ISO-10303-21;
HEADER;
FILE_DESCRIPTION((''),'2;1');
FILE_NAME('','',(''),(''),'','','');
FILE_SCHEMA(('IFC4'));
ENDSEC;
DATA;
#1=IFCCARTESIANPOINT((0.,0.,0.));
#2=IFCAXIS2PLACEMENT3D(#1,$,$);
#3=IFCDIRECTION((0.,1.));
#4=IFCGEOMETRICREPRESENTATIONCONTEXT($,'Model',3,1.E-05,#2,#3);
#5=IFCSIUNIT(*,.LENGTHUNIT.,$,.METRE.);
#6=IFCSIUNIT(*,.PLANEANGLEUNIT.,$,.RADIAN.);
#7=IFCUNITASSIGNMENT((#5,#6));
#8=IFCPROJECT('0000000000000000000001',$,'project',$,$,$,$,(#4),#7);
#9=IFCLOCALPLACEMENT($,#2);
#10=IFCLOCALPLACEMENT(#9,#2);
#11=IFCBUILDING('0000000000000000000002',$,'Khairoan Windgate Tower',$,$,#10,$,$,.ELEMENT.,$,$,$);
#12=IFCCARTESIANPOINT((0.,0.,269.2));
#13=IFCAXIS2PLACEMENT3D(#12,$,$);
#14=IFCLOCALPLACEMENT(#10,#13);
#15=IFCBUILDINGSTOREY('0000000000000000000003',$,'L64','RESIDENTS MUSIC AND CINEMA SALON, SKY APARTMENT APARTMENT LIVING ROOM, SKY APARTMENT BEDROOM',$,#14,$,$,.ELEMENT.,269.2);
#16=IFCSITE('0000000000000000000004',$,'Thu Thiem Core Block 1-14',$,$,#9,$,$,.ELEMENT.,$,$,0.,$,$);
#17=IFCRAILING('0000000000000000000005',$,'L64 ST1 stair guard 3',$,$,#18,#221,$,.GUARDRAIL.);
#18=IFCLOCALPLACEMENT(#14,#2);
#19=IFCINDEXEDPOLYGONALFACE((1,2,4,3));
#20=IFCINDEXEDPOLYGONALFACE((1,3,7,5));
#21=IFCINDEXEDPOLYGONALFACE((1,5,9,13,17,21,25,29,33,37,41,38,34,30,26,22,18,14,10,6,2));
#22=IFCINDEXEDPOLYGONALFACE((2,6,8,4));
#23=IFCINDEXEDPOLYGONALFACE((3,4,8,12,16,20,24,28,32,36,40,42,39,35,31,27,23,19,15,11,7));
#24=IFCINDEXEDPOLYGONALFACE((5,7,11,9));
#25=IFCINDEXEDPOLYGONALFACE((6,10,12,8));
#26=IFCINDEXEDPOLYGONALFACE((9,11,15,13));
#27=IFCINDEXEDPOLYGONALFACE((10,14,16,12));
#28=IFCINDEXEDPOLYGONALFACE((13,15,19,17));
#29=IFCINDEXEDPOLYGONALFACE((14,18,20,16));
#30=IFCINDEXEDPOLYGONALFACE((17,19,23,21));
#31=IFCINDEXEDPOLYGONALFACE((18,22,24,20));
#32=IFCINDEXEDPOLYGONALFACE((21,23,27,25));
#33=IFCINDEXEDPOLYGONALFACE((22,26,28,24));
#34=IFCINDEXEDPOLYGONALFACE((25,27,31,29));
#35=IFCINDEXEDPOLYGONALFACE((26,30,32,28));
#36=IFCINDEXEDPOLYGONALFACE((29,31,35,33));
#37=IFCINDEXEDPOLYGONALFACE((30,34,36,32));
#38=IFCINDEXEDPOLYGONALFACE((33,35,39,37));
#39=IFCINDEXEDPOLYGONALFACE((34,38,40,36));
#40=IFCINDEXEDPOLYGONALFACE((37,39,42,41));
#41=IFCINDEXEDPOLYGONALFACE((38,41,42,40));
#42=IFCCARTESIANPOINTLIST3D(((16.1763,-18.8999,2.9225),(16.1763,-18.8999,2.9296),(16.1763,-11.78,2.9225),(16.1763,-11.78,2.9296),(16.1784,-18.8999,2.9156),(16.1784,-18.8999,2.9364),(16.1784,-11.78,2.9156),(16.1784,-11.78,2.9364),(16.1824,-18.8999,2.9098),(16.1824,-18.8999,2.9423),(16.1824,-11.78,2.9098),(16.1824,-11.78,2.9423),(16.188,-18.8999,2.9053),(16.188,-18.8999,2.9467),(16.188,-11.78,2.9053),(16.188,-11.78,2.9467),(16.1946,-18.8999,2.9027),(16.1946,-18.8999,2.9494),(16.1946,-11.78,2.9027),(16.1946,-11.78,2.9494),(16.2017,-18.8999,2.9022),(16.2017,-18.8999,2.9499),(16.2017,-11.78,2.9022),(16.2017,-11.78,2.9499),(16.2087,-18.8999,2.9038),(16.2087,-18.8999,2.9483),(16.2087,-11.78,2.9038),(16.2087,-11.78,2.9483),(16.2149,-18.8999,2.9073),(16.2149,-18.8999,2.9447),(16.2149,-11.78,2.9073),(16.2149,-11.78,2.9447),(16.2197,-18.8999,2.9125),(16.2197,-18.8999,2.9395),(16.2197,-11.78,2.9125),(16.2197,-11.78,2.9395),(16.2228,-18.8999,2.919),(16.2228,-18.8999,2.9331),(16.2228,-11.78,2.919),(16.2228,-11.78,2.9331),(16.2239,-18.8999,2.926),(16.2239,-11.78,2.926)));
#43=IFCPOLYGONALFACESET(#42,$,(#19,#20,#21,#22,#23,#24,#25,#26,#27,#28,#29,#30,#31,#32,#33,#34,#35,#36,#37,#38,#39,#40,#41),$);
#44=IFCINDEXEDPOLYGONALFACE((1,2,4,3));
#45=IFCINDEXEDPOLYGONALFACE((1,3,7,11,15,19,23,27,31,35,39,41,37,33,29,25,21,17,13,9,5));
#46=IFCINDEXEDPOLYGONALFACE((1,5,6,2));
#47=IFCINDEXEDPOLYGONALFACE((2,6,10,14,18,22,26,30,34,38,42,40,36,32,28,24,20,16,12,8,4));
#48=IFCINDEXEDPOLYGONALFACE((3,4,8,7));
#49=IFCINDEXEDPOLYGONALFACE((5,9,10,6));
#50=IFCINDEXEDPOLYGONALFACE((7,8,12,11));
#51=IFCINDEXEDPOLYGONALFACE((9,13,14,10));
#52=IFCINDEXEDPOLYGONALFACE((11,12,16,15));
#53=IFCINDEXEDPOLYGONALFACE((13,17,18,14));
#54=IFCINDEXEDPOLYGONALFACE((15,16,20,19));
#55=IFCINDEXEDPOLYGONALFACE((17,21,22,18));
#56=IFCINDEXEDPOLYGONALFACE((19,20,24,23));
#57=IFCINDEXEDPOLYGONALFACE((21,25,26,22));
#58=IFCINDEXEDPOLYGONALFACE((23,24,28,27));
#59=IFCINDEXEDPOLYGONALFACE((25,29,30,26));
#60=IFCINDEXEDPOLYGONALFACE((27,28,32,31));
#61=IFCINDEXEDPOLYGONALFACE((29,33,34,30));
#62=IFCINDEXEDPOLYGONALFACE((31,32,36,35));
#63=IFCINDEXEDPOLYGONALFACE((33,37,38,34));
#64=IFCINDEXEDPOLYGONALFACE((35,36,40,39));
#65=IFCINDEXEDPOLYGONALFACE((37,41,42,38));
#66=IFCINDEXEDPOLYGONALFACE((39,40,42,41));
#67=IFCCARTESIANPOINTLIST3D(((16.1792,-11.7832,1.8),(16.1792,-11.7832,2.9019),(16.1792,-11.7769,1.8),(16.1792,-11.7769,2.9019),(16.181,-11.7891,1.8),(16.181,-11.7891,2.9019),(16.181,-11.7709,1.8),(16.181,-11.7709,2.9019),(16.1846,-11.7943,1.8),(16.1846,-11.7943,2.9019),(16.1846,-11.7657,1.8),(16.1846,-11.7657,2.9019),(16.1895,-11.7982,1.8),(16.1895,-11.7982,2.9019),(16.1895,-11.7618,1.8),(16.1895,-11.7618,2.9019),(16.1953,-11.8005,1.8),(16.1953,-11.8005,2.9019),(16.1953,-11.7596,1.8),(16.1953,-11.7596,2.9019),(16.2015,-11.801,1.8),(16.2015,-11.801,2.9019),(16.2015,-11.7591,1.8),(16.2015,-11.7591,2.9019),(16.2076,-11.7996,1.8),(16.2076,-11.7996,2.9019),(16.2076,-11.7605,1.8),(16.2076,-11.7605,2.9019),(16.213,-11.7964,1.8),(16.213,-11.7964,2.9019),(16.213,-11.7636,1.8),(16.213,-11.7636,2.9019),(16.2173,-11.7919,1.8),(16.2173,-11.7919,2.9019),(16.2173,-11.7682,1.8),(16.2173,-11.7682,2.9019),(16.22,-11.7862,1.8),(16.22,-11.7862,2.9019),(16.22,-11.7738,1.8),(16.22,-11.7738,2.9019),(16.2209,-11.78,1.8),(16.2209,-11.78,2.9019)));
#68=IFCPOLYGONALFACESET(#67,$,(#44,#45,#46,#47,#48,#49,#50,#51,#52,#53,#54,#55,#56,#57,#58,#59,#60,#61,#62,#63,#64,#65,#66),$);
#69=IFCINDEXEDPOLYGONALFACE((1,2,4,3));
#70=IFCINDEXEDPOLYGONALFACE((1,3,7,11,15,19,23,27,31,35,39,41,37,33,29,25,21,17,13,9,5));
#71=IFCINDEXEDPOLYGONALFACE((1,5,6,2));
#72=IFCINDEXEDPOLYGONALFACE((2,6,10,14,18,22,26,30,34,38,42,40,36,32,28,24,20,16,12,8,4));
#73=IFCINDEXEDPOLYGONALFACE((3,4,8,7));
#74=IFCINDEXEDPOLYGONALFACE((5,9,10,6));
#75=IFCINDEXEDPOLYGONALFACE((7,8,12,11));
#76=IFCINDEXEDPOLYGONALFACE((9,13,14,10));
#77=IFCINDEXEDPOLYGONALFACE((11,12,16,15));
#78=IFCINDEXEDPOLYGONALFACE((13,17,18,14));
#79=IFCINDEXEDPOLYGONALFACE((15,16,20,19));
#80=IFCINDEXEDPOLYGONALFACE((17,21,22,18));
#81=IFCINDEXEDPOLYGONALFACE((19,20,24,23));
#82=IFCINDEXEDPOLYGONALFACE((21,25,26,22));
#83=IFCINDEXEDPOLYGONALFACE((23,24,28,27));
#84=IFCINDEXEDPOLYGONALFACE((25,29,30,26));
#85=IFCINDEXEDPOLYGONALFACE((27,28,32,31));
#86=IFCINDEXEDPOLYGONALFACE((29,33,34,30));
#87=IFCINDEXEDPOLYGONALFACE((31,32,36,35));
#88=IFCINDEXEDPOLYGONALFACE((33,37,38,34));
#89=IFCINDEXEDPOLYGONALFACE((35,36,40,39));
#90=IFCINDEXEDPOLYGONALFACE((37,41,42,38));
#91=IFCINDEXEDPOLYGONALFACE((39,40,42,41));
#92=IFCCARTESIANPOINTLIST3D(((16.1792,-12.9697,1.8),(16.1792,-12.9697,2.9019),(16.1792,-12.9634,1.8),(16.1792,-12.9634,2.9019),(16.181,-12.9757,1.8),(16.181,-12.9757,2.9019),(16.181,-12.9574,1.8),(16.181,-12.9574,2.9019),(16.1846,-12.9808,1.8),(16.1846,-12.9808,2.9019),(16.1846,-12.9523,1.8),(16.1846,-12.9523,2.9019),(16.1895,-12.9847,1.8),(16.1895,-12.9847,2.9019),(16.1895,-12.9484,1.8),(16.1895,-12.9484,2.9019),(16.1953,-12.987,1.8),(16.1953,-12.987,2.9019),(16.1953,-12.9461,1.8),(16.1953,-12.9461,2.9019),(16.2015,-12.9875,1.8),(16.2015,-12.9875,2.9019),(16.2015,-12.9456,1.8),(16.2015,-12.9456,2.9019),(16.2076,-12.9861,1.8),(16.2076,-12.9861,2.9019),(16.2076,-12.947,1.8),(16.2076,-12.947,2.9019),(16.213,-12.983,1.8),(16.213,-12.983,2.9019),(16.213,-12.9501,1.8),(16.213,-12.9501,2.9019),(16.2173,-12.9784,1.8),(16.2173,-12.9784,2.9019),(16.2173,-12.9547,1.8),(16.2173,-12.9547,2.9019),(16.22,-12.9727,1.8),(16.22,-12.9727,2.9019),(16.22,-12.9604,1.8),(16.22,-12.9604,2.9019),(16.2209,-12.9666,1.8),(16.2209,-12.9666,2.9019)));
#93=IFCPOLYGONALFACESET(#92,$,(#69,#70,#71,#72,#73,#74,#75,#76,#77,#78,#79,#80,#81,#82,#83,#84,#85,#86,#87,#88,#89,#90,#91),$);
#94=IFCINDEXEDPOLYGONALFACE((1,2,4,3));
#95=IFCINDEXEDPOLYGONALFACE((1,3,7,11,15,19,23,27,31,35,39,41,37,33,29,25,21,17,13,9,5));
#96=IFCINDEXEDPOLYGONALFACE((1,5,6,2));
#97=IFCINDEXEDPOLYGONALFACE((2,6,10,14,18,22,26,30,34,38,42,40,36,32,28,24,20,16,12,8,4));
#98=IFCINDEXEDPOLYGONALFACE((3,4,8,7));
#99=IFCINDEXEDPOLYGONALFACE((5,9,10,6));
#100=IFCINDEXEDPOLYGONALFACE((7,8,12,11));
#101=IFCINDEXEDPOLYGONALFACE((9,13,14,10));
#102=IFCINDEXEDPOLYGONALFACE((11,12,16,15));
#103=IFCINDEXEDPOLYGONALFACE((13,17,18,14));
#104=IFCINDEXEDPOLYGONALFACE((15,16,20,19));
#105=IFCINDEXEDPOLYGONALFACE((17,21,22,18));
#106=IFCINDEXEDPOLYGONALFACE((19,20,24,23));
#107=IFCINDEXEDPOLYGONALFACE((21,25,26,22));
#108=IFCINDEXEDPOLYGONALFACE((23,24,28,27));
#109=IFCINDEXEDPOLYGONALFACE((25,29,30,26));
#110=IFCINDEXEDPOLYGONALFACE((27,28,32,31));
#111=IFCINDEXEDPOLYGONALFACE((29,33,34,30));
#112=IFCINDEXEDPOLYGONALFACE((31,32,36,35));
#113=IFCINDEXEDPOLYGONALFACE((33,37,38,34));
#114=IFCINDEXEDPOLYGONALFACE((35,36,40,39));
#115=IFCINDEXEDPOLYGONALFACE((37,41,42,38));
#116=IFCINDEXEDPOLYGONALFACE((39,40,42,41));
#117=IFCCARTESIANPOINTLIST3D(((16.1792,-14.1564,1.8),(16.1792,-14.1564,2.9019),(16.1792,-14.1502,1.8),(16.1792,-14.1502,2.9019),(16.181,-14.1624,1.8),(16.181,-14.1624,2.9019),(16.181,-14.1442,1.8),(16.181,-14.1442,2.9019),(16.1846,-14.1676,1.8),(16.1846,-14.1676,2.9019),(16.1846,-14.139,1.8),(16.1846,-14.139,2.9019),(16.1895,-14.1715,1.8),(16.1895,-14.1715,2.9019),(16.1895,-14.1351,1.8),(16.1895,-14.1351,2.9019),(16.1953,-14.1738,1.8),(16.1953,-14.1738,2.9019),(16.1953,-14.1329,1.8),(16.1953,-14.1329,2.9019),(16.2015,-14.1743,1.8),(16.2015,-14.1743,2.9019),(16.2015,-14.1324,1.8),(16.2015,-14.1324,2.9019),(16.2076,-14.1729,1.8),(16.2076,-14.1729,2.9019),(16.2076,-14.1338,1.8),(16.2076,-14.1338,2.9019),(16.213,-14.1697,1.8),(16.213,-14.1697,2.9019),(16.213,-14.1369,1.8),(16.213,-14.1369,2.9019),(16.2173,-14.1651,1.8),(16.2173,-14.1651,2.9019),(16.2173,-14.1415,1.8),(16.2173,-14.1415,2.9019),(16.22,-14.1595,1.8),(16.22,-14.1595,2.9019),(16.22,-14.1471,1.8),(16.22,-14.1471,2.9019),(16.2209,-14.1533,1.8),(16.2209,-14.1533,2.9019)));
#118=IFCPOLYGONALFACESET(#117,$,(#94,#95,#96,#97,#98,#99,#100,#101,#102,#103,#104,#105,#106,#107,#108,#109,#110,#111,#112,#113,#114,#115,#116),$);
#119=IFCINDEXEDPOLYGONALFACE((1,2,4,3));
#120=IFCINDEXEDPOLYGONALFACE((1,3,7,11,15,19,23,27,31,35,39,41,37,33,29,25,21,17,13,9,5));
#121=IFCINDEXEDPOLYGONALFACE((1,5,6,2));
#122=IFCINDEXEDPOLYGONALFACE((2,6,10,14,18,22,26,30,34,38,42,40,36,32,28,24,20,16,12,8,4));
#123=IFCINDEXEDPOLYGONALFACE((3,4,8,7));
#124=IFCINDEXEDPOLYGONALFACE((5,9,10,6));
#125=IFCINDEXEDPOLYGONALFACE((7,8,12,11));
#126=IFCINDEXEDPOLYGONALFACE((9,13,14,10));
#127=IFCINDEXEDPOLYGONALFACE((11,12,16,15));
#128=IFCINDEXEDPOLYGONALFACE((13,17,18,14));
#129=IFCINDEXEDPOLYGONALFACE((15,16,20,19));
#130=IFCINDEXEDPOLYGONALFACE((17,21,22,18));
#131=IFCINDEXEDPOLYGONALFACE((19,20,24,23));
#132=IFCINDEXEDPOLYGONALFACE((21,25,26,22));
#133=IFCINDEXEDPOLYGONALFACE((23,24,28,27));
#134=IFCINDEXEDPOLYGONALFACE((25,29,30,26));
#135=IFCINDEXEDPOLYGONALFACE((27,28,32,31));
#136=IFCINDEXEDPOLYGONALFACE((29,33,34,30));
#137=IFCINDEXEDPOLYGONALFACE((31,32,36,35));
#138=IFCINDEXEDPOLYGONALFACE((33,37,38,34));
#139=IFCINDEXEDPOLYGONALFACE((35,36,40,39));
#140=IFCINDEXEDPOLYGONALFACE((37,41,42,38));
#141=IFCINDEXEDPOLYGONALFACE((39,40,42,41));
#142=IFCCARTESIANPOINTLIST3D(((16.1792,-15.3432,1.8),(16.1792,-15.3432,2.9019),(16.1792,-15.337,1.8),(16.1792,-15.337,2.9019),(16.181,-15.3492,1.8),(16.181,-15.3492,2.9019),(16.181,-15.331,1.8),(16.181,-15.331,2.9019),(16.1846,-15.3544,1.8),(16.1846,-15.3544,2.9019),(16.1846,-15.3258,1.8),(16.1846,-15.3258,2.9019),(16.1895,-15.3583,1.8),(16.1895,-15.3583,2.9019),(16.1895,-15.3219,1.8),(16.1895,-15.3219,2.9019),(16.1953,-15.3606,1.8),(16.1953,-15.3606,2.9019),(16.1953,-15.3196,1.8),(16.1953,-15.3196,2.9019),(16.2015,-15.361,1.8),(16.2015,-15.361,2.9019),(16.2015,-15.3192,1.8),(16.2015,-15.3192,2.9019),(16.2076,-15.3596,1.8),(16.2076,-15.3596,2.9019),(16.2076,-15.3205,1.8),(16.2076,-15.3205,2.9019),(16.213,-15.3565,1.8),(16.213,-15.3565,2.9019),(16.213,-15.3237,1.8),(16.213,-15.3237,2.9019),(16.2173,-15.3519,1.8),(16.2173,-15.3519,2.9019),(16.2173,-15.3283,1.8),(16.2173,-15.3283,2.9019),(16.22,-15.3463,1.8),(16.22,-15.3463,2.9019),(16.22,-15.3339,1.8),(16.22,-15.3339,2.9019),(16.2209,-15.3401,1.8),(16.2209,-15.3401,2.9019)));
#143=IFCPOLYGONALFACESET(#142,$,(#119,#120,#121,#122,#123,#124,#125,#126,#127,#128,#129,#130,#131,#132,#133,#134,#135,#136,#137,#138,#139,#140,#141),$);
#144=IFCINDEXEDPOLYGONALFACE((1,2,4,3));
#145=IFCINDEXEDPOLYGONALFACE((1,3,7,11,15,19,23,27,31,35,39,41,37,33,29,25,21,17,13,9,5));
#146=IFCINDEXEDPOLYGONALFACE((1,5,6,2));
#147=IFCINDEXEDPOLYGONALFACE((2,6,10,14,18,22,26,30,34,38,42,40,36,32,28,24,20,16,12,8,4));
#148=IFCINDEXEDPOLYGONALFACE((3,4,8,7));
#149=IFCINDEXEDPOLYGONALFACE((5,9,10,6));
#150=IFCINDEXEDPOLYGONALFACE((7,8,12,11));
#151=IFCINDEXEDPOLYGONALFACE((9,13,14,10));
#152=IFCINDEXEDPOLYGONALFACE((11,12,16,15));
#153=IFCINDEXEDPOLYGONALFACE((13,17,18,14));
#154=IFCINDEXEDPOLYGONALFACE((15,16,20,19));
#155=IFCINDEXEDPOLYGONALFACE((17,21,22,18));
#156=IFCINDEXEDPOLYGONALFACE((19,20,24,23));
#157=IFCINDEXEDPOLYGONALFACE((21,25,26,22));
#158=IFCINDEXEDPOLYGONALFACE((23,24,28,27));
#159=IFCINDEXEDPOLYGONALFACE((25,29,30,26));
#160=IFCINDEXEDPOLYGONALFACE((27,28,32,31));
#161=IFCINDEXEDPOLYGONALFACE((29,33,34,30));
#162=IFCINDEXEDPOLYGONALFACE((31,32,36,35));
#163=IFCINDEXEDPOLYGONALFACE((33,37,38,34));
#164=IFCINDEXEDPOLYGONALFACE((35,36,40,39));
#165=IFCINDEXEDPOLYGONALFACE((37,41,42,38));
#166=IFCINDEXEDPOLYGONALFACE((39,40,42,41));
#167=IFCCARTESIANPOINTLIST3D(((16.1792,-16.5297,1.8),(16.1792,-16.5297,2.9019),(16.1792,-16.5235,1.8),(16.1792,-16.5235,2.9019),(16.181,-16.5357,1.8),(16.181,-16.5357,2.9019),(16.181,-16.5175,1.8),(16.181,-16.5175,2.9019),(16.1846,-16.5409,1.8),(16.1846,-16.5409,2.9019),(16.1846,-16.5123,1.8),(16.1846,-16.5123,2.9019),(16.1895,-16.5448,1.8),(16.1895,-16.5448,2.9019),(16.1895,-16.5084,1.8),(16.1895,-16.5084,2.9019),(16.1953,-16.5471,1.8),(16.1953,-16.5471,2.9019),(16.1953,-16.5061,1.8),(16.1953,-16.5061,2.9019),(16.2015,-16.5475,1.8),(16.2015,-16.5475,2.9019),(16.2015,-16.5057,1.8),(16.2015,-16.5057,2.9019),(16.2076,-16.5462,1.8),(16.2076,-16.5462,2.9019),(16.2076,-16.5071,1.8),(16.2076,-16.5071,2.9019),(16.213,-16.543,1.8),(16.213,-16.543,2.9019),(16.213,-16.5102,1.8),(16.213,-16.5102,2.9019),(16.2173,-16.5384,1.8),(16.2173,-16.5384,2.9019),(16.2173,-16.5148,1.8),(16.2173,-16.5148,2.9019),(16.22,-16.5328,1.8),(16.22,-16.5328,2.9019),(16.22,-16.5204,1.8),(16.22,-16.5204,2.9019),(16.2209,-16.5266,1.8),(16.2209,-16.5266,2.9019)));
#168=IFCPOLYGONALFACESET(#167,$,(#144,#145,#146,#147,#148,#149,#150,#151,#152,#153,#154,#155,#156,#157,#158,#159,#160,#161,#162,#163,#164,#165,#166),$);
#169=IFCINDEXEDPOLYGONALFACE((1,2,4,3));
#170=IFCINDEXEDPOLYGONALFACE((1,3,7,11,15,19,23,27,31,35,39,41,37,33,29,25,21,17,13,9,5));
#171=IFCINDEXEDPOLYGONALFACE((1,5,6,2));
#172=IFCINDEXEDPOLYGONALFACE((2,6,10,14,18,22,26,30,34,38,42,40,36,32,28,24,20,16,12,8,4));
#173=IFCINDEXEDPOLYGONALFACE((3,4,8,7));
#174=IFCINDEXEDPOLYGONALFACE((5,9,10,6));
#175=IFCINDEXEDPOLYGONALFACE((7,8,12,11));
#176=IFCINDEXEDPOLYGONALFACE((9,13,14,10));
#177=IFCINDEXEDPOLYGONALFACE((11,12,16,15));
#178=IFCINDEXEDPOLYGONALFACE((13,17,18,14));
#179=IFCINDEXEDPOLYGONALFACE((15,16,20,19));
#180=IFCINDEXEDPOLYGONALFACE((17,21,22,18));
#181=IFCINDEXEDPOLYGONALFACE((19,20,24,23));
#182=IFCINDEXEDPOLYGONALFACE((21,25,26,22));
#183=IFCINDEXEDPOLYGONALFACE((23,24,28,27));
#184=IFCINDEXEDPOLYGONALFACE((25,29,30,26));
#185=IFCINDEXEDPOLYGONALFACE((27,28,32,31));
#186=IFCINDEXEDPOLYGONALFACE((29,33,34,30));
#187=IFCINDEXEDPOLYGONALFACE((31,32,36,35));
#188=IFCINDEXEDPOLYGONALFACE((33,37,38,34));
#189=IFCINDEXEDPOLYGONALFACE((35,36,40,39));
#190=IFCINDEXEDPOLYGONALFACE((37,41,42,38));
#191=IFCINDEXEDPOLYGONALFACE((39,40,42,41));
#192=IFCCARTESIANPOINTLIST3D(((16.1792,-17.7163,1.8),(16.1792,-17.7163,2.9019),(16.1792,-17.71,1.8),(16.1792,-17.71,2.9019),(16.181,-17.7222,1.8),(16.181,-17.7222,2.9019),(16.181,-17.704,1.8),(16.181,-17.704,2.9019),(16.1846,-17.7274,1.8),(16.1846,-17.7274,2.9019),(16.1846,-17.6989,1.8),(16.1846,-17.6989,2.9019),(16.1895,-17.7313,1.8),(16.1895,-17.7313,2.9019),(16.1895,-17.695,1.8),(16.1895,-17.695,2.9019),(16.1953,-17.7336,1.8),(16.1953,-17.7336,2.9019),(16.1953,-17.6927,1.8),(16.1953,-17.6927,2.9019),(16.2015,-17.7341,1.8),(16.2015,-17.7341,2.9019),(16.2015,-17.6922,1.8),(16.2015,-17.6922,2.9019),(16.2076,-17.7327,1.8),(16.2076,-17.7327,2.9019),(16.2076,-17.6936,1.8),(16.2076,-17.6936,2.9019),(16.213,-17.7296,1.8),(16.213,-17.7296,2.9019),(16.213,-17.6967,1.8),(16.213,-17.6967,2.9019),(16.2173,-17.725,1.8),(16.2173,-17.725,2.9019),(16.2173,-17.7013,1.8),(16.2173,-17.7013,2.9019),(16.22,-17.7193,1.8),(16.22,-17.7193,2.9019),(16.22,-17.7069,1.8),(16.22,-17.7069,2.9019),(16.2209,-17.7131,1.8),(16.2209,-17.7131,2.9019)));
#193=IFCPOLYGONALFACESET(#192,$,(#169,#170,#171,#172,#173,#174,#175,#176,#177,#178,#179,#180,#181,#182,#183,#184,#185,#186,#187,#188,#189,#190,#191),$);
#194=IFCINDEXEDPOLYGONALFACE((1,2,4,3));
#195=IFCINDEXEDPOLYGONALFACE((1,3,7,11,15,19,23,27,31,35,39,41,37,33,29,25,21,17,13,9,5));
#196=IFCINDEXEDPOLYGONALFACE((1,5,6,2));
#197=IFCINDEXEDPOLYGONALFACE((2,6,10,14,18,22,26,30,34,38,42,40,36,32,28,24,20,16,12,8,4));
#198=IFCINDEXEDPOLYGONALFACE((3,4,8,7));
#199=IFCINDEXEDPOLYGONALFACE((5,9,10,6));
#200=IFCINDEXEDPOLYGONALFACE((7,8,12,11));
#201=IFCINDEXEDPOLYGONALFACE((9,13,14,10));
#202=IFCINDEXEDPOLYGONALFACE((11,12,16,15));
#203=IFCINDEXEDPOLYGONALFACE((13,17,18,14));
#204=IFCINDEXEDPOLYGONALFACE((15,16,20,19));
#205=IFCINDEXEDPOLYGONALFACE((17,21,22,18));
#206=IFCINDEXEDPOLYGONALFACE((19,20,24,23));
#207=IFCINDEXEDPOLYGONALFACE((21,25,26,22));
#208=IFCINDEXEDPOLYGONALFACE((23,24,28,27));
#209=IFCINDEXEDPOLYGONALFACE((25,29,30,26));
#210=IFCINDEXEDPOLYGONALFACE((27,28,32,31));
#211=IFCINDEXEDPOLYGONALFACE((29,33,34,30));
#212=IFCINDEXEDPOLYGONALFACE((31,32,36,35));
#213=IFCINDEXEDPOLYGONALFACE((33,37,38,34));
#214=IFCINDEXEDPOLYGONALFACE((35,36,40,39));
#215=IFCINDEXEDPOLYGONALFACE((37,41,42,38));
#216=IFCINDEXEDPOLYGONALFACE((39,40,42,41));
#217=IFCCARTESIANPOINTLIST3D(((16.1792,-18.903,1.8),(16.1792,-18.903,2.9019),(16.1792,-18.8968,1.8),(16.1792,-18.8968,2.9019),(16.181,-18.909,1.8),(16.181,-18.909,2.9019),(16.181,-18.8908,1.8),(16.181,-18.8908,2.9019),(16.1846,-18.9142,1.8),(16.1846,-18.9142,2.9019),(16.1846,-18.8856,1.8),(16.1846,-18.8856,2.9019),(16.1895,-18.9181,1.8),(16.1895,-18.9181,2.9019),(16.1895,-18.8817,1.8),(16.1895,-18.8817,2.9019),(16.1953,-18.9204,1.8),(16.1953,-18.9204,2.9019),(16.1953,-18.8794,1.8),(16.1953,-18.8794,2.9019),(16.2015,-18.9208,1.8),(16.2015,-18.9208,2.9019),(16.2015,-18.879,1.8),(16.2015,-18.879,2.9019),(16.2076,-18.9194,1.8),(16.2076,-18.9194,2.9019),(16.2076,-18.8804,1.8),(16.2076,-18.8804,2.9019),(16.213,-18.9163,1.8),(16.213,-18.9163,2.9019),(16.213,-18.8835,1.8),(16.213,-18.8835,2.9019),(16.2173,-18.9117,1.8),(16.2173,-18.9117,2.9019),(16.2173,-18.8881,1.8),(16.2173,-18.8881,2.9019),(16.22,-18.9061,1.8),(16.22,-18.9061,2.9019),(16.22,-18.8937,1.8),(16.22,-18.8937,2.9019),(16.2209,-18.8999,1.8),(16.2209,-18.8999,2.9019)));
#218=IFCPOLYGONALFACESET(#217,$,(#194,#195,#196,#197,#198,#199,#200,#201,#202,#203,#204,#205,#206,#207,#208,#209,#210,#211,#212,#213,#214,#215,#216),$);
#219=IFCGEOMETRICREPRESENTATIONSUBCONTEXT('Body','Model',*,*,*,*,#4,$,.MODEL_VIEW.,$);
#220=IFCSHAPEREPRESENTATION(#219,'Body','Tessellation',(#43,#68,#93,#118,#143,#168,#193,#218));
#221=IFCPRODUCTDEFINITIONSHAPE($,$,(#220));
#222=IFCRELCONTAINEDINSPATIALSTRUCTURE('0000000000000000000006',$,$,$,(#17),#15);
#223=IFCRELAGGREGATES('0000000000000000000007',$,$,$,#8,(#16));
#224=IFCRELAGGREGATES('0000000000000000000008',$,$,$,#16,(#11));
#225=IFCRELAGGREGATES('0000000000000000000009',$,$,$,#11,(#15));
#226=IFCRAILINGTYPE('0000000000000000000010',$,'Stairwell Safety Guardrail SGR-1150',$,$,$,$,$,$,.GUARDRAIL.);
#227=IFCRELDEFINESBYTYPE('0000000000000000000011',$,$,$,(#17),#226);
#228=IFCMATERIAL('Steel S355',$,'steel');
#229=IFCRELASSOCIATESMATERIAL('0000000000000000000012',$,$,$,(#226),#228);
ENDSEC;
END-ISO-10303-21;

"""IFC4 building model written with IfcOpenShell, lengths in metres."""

from ifc_helpers import new_model, si_unit, direction, frame, origin, origin_2d, place, context, subcontext, project, spatial, circle, extrude, material, type_object, element, save


model = new_model("IFC4")

# Units and contexts
model_context = context("Model", 3, precision=1e-05, world=origin(), true_north=direction((0.0, 1.0)))
body_context = subcontext(model_context, "Body", "Model", "MODEL_VIEW")
ifc_project = project(units=[si_unit("LENGTHUNIT", "METRE"), si_unit("PLANEANGLEUNIT", "RADIAN")], contexts=[model_context])

# Site, building, storey
site_placement = place(None, origin())
site = spatial("IfcSite", under=ifc_project, at=site_placement, Name="Thu Thiem Core Block 1-14", CompositionType="ELEMENT", RefElevation=0.0)
building_placement = place(site_placement, origin())
building = spatial("IfcBuilding", under=site, at=building_placement, Name="Khairoan Windgate Tower", CompositionType="ELEMENT")
storey_placement = place(building_placement, frame((0.0, 0.0, 269.2)))
storey = spatial("IfcBuildingStorey", under=building, at=storey_placement, Name="L64", Description="RESIDENTS MUSIC AND CINEMA SALON, SKY APARTMENT APARTMENT LIVING ROOM, SKY APARTMENT BEDROOM", CompositionType="ELEMENT", Elevation=269.2)

# Railing
ifc_material_1 = material(Name="Steel S355", Category="steel")
railing_type = type_object("IfcRailingType", Name="Stairwell Safety Guardrail SGR-1150", PredefinedType="GUARDRAIL", material=ifc_material_1)
railing_1_placement = place(storey_placement, frame((16.2, -11.78, 1.8)))
element("IfcRailing", 1, at=railing_1_placement, inside=storey, type_object=railing_type, Name="L64 ST1 stair guard 3", PredefinedType="GUARDRAIL", context=body_context, shape_type="SweptSolid", body=[
    extrude(circle(Radius=0.0239, at=origin_2d()), frame((0.0, 0.0, 1.126), z_axis=(0.0, -1.0, 0.0), x_axis=(1.0, 0.0, 0.0)), (0.0, 0.0, 1.0), 7.1199),
    extrude(circle(Radius=0.021, at=origin_2d()), origin(), (0.0, 0.0, 1.0), 1.1018),
    extrude(circle(Radius=0.021, at=origin_2d()), frame((0.0, -1.1865, 0.0)), (0.0, 0.0, 1.0), 1.1018),
    extrude(circle(Radius=0.021, at=origin_2d()), frame((0.0, -2.3733, 0.0)), (0.0, 0.0, 1.0), 1.1018),
    extrude(circle(Radius=0.021, at=origin_2d()), frame((0.0, -3.5601, 0.0)), (0.0, 0.0, 1.0), 1.1018),
    extrude(circle(Radius=0.021, at=origin_2d()), frame((0.0, -4.7466, 0.0)), (0.0, 0.0, 1.0), 1.1018),
    extrude(circle(Radius=0.021, at=origin_2d()), frame((0.0, -5.9331, 0.0)), (0.0, 0.0, 1.0), 1.1018),
    extrude(circle(Radius=0.021, at=origin_2d()), frame((0.0, -7.1199, 0.0)), (0.0, 0.0, 1.0), 1.1018),
])

save(model, "model.ifc")
